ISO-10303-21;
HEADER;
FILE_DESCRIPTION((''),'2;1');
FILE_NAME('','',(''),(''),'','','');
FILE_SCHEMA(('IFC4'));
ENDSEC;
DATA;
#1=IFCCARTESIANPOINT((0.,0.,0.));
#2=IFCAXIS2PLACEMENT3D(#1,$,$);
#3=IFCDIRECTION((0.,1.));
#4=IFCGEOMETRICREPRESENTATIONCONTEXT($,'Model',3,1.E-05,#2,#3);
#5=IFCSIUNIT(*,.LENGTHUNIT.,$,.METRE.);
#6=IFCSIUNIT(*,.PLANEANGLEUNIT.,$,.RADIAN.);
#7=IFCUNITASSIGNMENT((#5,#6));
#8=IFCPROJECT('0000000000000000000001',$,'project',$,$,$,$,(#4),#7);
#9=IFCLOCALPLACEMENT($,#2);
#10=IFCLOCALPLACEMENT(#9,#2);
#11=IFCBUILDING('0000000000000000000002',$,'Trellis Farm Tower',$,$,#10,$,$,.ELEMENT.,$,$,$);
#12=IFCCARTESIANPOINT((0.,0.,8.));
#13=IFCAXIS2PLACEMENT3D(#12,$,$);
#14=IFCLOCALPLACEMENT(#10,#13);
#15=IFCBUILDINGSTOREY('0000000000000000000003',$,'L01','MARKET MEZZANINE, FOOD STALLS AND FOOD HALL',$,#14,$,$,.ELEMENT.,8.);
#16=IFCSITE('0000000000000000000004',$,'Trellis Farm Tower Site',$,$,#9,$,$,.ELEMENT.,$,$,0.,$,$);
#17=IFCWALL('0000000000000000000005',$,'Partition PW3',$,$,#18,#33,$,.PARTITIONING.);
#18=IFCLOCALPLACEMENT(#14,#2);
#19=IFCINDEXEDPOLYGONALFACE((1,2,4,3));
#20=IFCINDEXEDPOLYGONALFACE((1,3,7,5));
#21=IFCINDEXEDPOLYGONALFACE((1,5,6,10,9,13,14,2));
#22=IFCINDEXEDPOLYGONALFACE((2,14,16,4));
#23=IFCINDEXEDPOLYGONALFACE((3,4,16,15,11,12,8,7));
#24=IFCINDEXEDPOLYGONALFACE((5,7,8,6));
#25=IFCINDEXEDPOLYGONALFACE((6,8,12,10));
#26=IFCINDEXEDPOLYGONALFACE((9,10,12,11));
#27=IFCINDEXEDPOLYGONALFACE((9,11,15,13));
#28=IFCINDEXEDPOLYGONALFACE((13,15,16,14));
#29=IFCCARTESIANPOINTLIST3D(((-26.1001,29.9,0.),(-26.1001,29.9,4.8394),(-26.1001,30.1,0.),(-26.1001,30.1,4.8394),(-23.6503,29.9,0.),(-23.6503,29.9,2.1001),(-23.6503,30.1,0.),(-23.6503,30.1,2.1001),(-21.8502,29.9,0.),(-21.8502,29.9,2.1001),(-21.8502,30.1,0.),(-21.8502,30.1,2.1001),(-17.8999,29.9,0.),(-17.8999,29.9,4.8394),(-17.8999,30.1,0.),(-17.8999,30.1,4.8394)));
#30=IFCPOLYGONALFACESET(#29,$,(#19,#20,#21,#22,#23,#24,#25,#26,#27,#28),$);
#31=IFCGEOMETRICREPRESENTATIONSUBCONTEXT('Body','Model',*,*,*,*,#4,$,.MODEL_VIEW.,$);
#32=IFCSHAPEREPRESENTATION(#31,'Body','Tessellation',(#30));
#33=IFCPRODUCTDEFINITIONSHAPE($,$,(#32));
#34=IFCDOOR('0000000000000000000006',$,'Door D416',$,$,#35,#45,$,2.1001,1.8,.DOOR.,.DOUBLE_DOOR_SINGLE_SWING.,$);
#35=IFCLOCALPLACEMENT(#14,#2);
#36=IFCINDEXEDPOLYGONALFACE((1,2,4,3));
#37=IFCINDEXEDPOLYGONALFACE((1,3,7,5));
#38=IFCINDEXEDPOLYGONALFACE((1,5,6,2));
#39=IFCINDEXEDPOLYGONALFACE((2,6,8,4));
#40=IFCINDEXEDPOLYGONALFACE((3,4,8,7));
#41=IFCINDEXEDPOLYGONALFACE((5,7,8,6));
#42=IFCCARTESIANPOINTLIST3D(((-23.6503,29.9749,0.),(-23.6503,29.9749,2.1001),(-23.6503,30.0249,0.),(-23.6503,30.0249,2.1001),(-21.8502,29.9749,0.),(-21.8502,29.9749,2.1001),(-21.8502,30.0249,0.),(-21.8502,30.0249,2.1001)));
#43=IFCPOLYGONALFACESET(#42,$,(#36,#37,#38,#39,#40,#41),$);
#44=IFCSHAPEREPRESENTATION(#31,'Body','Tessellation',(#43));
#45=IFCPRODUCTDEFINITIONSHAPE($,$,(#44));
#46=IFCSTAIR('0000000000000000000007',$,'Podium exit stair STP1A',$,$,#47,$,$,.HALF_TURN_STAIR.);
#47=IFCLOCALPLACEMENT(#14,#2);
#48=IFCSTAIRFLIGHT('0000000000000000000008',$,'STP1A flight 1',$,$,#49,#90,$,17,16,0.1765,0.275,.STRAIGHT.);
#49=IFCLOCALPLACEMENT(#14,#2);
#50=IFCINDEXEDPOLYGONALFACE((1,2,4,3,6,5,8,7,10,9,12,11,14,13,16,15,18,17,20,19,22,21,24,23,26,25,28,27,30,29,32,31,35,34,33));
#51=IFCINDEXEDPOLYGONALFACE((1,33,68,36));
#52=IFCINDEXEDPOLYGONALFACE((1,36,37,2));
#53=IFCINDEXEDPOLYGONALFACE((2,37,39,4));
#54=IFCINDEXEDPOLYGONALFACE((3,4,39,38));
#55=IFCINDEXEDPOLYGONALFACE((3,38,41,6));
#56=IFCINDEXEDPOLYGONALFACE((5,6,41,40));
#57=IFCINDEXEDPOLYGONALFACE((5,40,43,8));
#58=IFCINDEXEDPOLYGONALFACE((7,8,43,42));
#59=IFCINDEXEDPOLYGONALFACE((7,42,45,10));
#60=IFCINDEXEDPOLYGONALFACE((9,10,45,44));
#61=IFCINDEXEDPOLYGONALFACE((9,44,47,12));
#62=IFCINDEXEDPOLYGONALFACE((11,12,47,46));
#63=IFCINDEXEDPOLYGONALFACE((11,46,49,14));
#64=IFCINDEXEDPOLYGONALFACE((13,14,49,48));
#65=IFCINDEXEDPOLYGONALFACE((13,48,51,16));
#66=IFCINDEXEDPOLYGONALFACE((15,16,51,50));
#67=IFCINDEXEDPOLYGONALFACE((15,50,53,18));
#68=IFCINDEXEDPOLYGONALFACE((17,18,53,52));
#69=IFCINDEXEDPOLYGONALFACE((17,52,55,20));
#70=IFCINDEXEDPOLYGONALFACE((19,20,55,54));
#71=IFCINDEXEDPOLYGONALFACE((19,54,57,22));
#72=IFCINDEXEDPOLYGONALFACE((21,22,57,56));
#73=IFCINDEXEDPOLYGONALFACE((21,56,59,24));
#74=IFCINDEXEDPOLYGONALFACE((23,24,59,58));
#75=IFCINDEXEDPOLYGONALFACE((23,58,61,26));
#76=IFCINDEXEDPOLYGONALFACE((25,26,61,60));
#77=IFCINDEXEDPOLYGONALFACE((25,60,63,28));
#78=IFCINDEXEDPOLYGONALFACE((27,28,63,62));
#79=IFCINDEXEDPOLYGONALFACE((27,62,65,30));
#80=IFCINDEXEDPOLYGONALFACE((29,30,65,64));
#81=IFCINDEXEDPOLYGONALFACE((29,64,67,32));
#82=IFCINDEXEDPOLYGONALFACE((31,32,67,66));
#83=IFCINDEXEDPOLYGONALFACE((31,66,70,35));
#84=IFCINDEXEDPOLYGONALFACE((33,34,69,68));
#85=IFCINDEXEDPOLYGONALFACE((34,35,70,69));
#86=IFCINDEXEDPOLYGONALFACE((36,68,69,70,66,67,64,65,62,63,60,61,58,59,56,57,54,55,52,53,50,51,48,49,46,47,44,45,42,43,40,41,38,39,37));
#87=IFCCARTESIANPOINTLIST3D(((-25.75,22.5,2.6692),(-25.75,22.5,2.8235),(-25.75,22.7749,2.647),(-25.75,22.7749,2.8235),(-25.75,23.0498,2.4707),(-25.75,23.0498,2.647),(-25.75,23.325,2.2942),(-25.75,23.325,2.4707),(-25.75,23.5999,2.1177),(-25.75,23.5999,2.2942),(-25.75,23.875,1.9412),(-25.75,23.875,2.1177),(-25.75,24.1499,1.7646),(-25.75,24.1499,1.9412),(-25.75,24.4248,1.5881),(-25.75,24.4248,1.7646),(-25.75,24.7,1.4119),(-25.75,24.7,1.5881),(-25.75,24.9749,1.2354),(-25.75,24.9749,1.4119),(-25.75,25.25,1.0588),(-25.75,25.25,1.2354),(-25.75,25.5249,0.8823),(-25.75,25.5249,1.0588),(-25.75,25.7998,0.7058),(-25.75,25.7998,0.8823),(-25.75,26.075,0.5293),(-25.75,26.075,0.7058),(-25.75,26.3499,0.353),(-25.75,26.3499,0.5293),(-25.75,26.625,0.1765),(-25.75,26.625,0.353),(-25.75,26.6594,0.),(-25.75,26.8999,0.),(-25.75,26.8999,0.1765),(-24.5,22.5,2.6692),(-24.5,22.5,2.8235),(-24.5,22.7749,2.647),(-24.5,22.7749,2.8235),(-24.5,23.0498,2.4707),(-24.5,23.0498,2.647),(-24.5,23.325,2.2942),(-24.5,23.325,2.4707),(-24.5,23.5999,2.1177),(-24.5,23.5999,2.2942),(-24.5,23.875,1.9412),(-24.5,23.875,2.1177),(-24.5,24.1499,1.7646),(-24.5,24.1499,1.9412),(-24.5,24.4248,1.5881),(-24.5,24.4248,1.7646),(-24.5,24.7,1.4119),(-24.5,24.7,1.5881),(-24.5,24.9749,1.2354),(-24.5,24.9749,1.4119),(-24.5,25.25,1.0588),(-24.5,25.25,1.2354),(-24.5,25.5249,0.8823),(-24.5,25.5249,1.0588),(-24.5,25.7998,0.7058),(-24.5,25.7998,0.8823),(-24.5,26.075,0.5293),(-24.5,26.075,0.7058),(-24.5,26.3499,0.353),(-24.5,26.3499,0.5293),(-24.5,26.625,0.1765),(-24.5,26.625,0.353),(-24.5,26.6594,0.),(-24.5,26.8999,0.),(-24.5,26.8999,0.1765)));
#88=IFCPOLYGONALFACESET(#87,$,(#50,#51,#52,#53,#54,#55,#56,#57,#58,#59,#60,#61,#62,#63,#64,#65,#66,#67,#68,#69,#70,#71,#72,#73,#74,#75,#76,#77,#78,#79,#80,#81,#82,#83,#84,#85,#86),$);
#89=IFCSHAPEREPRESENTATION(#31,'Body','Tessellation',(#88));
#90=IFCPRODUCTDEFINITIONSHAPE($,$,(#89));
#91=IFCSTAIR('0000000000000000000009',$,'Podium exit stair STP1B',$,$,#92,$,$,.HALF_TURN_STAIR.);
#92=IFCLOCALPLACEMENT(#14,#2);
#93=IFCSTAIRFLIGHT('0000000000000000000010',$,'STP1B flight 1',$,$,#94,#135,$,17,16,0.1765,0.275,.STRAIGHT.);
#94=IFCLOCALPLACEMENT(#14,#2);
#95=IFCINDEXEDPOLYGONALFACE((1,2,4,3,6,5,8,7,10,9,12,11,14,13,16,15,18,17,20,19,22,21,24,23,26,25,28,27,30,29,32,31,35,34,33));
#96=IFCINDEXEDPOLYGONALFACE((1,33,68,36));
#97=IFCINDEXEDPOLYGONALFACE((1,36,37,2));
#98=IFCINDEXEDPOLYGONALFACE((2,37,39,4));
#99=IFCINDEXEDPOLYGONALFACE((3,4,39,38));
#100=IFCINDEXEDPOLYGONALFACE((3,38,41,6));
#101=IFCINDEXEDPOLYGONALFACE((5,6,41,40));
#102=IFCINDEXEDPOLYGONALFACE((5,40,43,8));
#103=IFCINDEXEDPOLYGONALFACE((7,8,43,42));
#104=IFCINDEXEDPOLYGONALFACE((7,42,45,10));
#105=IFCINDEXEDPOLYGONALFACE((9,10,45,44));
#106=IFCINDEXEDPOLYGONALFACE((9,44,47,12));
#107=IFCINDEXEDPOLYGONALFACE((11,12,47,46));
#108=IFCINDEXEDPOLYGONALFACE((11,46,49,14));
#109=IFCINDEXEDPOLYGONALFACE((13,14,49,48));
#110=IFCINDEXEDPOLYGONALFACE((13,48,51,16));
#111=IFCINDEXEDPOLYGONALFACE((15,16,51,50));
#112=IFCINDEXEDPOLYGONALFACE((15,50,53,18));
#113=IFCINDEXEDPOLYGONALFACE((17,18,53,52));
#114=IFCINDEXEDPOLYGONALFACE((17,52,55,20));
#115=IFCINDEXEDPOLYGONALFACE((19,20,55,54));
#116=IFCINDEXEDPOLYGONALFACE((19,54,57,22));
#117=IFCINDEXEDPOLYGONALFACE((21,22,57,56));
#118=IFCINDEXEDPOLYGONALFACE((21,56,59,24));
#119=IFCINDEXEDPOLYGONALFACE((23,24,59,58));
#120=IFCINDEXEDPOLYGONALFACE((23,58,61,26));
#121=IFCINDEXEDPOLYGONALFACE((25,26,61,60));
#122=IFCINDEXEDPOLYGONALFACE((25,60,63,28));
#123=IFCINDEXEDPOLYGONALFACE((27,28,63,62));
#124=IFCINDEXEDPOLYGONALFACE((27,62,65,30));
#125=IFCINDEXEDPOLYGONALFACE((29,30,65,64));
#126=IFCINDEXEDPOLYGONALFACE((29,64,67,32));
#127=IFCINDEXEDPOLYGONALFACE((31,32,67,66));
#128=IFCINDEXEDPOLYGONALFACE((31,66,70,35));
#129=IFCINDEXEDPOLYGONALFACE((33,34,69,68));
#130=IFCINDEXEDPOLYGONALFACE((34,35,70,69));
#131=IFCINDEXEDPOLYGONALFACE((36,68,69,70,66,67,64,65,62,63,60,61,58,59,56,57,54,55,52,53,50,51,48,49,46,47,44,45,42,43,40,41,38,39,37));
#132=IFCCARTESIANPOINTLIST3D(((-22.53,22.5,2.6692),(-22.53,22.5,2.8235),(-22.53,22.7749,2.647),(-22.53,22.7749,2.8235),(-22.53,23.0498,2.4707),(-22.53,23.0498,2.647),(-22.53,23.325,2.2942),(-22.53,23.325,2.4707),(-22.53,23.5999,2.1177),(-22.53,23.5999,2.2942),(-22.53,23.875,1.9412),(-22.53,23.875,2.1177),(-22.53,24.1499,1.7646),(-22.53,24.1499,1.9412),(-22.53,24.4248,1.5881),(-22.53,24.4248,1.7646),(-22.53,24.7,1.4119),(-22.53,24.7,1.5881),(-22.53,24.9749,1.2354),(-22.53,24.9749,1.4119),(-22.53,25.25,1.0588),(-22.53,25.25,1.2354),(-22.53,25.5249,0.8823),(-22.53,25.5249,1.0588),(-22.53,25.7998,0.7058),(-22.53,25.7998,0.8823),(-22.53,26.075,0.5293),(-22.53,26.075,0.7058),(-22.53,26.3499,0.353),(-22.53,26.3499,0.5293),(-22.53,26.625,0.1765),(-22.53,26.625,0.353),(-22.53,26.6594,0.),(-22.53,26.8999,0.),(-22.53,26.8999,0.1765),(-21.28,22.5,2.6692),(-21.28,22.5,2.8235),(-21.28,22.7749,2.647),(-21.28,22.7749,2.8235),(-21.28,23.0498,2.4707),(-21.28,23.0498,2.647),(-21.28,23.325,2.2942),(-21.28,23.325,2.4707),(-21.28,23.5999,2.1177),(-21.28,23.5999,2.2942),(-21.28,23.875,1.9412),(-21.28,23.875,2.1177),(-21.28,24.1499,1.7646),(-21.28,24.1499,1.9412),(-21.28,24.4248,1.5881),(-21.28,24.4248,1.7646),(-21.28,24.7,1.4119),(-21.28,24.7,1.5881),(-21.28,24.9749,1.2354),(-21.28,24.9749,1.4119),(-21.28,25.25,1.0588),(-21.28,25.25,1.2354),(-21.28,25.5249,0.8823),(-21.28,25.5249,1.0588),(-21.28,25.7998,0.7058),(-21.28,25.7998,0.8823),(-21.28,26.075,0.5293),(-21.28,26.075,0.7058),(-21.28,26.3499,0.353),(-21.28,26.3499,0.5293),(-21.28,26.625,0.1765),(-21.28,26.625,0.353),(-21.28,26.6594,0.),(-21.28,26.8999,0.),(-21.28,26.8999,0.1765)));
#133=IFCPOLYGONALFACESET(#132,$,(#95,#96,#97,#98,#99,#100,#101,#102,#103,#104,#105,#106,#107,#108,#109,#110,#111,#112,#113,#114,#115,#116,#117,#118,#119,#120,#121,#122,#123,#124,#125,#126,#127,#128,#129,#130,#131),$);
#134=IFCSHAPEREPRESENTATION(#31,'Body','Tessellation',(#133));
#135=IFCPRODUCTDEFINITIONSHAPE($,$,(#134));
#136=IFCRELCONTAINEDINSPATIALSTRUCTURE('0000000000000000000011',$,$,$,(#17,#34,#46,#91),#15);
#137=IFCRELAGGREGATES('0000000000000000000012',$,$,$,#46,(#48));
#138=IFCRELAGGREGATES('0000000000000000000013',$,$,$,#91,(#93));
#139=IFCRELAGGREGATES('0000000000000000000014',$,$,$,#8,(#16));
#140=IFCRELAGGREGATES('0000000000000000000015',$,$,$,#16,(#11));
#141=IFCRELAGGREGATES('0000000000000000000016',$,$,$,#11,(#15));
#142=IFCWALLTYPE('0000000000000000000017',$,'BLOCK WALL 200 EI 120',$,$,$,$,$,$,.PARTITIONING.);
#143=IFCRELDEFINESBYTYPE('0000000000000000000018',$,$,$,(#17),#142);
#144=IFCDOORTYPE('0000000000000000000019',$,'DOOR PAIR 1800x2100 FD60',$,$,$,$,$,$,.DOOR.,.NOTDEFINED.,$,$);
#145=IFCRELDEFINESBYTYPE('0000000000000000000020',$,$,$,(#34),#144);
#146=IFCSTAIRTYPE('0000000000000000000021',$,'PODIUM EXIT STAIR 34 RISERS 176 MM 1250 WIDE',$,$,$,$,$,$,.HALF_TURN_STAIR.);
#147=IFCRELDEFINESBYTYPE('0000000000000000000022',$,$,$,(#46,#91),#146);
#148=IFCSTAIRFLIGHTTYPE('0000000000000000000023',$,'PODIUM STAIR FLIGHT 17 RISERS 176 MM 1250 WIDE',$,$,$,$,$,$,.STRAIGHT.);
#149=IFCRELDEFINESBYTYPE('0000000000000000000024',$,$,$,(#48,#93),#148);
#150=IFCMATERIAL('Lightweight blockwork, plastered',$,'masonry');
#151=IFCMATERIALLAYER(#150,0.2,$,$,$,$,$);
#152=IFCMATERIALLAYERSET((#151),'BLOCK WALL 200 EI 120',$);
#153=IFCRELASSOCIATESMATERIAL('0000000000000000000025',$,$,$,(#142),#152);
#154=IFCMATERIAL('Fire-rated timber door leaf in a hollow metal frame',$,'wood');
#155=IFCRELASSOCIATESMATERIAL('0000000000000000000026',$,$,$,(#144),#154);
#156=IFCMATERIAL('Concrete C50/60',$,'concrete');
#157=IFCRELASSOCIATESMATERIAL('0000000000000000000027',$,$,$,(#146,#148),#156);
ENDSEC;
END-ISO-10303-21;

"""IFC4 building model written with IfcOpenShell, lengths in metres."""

from ifc_helpers import new_model, si_unit, direction, frame, frame_2d, origin, place, context, subcontext, project, spatial, polyline, rectangle, outline, extrude, source, transform, mapped, material, layer, layer_set, type_object, element, fill, aggregate, save


model = new_model("IFC4")

# Units and contexts
model_context = context("Model", 3, precision=1e-05, world=origin(), true_north=direction((0.0, 1.0)))
body_context = subcontext(model_context, "Body", "Model", "MODEL_VIEW")
ifc_project = project(units=[si_unit("LENGTHUNIT", "METRE"), si_unit("PLANEANGLEUNIT", "RADIAN")], contexts=[model_context])

# Site, building, storey
site_placement = place(None, origin())
site = spatial("IfcSite", under=ifc_project, at=site_placement, Name="Trellis Farm Tower Site", CompositionType="ELEMENT", RefElevation=0.0)
building_placement = place(site_placement, origin())
building = spatial("IfcBuilding", under=site, at=building_placement, Name="Trellis Farm Tower", CompositionType="ELEMENT")
storey_placement = place(building_placement, frame((0.0, 0.0, 8.0)))
storey = spatial("IfcBuildingStorey", under=building, at=storey_placement, Name="L01", Description="MARKET MEZZANINE, FOOD STALLS AND FOOD HALL", CompositionType="ELEMENT", Elevation=8.0)

# Shared definitions
placement = place(storey_placement, origin())

# Shared definitions
shared_shape_1 = source(origin(), body_context, "Body", "SweptSolid", [
    extrude(rectangle(XDim=1.8, YDim=2.1001, at=frame_2d((0.8999, 1.05))), frame((0.0, 0.0249, 0.0), z_axis=(0.0, -1.0, 0.0), x_axis=(1.0, 0.0, 0.0)), (0.0, 0.0, 1.0), 0.05),
])

# Shared definitions
ifc_material_1 = material(Name="Lightweight blockwork, plastered", Category="masonry")
ifc_layer_1 = layer(ifc_material_1, 0.2)
ifc_layer_set_1 = layer_set([ifc_layer_1], Name="BLOCK WALL 200 EI 120")
wall_type_1 = type_object("IfcWallType", Name="BLOCK WALL 200 EI 120", PredefinedType="PARTITIONING", material=ifc_layer_set_1)

# Wall, opening, door
shared_shape_2 = source(origin(), body_context, "Body", "SweptSolid", [
    extrude(rectangle(XDim=8.2002, YDim=0.2, at=frame_2d((4.1001, 0.0))), origin(), (0.0, 0.0, 1.0), 4.8394),
])
wall_1_placement = place(storey_placement, frame((-26.1001, 30.0, 0.0), z_axis=(0.0, 0.0, 1.0), x_axis=(1.0, 0.0, 0.0)))
wall_1 = element("IfcWall", 1, at=wall_1_placement, inside=storey, type_object=wall_type_1, Name="Partition PW3", PredefinedType="PARTITIONING", context=body_context, shape_type="MappedRepresentation", body=[
    mapped(shared_shape_2, transform((0.0, 0.0, 0.0))),
])
shared_shape_3 = source(origin(), body_context, "Body", "SweptSolid", [
    extrude(rectangle(XDim=1.8, YDim=2.1001, at=frame_2d((0.8999, 1.05))), frame((0.0, 0.1101, 0.0), z_axis=(0.0, -1.0, 0.0), x_axis=(1.0, 0.0, 0.0)), (0.0, 0.0, 1.0), 0.2202),
])
opening_1_placement = place(wall_1_placement, frame((2.45, 0.0, 0.0)))
opening_1 = element("IfcOpeningElement", 2, at=opening_1_placement, cuts=wall_1, PredefinedType="OPENING", context=body_context, shape_type="MappedRepresentation", body=[
    mapped(shared_shape_3, transform((0.0, 0.0, 0.0))),
])
ifc_material_2 = material(Name="Fire-rated timber door leaf in a hollow metal frame", Category="wood")
door_type_1 = type_object("IfcDoorType", Name="DOOR PAIR 1800x2100 FD60", OperationType="NOTDEFINED", PredefinedType="DOOR", material=ifc_material_2)
door_1_placement = place(opening_1_placement, origin())
door_1 = element("IfcDoor", 3, at=door_1_placement, inside=storey, type_object=door_type_1, Name="Door D416", OperationType="DOUBLE_DOOR_SINGLE_SWING", OverallHeight=2.1001, OverallWidth=1.8, PredefinedType="DOOR", context=body_context, shape_type="MappedRepresentation", body=[
    mapped(shared_shape_1, transform((0.0, 0.0, 0.0))),
])
fill(opening_1, door_1)

# Stairs, stair flights
ifc_material_3 = material(Name="Concrete C50/60", Category="concrete")
stair_type = type_object("IfcStairType", Name="PODIUM EXIT STAIR 34 RISERS 176 MM 1250 WIDE", PredefinedType="HALF_TURN_STAIR", material=ifc_material_3)
stair_1 = element("IfcStair", 4, at=placement, inside=storey, type_object=stair_type, Name="Podium exit stair STP1A", PredefinedType="HALF_TURN_STAIR")
stair_flight_type = type_object("IfcStairFlightType", Name="PODIUM STAIR FLIGHT 17 RISERS 176 MM 1250 WIDE", PredefinedType="STRAIGHT", material=ifc_material_3)
shared_shape_4 = source(origin(), body_context, "Body", "SweptSolid", [
    extrude(outline(polyline([(0.0, 0.0), (0.0, 0.1765), (0.2749, 0.1765), (0.2749, 0.353), (0.55, 0.353), (0.55, 0.5293), (0.825, 0.5293), (0.825, 0.7058), (1.1001, 0.7058), (1.1001, 0.8823), (1.375, 0.8823), (1.375, 1.0588), (1.6499, 1.0588), (1.6499, 1.2354), (1.925, 1.2354), (1.925, 1.4119), (2.2, 1.4119), (2.2, 1.5881), (2.4751, 1.5881), (2.4751, 1.7646), (2.75, 1.7646), (2.75, 1.9412), (3.0249, 1.9412), (3.0249, 2.1177), (3.3, 2.1177), (3.3, 2.2942), (3.575, 2.2942), (3.575, 2.4707), (3.8501, 2.4707), (3.8501, 2.647), (4.125, 2.647), (4.125, 2.8235), (4.3999, 2.8235), (4.3999, 3.0), (4.3999, 2.6692), (0.2405, 0.0), (0.0, 0.0)])), frame((0.0, 0.625, 0.0), z_axis=(0.0, -1.0, 0.0), x_axis=(1.0, 0.0, 0.0)), (0.0, 0.0, 1.0), 1.25),
])
stair_flight_1_placement = place(storey_placement, frame((-25.125, 26.8999, 0.0), z_axis=(0.0, 0.0, 1.0), x_axis=(0.0, -1.0, 0.0)))
stair_flight_1 = element("IfcStairFlight", 5, at=stair_flight_1_placement, type_object=stair_flight_type, Name="STP1A flight 1", NumberOfRisers=17, NumberOfTreads=16, PredefinedType="STRAIGHT", RiserHeight=0.1765, TreadLength=0.275, context=body_context, shape_type="MappedRepresentation", body=[
    mapped(shared_shape_4, transform((0.0, 0.0, 0.0))),
])
aggregate(stair_1, [stair_flight_1])
stair_2 = element("IfcStair", 6, at=placement, inside=storey, type_object=stair_type, Name="Podium exit stair STP1B", PredefinedType="HALF_TURN_STAIR")
stair_flight_2_placement = place(storey_placement, frame((-21.905, 26.8999, 0.0), z_axis=(0.0, 0.0, 1.0), x_axis=(0.0, -1.0, 0.0)))
stair_flight_2 = element("IfcStairFlight", 7, at=stair_flight_2_placement, type_object=stair_flight_type, Name="STP1B flight 1", NumberOfRisers=17, NumberOfTreads=16, PredefinedType="STRAIGHT", RiserHeight=0.1765, TreadLength=0.275, context=body_context, shape_type="MappedRepresentation", body=[
    mapped(shared_shape_4, transform((0.0, 0.0, 0.0))),
])
aggregate(stair_2, [stair_flight_2])

save(model, "model.ifc")
